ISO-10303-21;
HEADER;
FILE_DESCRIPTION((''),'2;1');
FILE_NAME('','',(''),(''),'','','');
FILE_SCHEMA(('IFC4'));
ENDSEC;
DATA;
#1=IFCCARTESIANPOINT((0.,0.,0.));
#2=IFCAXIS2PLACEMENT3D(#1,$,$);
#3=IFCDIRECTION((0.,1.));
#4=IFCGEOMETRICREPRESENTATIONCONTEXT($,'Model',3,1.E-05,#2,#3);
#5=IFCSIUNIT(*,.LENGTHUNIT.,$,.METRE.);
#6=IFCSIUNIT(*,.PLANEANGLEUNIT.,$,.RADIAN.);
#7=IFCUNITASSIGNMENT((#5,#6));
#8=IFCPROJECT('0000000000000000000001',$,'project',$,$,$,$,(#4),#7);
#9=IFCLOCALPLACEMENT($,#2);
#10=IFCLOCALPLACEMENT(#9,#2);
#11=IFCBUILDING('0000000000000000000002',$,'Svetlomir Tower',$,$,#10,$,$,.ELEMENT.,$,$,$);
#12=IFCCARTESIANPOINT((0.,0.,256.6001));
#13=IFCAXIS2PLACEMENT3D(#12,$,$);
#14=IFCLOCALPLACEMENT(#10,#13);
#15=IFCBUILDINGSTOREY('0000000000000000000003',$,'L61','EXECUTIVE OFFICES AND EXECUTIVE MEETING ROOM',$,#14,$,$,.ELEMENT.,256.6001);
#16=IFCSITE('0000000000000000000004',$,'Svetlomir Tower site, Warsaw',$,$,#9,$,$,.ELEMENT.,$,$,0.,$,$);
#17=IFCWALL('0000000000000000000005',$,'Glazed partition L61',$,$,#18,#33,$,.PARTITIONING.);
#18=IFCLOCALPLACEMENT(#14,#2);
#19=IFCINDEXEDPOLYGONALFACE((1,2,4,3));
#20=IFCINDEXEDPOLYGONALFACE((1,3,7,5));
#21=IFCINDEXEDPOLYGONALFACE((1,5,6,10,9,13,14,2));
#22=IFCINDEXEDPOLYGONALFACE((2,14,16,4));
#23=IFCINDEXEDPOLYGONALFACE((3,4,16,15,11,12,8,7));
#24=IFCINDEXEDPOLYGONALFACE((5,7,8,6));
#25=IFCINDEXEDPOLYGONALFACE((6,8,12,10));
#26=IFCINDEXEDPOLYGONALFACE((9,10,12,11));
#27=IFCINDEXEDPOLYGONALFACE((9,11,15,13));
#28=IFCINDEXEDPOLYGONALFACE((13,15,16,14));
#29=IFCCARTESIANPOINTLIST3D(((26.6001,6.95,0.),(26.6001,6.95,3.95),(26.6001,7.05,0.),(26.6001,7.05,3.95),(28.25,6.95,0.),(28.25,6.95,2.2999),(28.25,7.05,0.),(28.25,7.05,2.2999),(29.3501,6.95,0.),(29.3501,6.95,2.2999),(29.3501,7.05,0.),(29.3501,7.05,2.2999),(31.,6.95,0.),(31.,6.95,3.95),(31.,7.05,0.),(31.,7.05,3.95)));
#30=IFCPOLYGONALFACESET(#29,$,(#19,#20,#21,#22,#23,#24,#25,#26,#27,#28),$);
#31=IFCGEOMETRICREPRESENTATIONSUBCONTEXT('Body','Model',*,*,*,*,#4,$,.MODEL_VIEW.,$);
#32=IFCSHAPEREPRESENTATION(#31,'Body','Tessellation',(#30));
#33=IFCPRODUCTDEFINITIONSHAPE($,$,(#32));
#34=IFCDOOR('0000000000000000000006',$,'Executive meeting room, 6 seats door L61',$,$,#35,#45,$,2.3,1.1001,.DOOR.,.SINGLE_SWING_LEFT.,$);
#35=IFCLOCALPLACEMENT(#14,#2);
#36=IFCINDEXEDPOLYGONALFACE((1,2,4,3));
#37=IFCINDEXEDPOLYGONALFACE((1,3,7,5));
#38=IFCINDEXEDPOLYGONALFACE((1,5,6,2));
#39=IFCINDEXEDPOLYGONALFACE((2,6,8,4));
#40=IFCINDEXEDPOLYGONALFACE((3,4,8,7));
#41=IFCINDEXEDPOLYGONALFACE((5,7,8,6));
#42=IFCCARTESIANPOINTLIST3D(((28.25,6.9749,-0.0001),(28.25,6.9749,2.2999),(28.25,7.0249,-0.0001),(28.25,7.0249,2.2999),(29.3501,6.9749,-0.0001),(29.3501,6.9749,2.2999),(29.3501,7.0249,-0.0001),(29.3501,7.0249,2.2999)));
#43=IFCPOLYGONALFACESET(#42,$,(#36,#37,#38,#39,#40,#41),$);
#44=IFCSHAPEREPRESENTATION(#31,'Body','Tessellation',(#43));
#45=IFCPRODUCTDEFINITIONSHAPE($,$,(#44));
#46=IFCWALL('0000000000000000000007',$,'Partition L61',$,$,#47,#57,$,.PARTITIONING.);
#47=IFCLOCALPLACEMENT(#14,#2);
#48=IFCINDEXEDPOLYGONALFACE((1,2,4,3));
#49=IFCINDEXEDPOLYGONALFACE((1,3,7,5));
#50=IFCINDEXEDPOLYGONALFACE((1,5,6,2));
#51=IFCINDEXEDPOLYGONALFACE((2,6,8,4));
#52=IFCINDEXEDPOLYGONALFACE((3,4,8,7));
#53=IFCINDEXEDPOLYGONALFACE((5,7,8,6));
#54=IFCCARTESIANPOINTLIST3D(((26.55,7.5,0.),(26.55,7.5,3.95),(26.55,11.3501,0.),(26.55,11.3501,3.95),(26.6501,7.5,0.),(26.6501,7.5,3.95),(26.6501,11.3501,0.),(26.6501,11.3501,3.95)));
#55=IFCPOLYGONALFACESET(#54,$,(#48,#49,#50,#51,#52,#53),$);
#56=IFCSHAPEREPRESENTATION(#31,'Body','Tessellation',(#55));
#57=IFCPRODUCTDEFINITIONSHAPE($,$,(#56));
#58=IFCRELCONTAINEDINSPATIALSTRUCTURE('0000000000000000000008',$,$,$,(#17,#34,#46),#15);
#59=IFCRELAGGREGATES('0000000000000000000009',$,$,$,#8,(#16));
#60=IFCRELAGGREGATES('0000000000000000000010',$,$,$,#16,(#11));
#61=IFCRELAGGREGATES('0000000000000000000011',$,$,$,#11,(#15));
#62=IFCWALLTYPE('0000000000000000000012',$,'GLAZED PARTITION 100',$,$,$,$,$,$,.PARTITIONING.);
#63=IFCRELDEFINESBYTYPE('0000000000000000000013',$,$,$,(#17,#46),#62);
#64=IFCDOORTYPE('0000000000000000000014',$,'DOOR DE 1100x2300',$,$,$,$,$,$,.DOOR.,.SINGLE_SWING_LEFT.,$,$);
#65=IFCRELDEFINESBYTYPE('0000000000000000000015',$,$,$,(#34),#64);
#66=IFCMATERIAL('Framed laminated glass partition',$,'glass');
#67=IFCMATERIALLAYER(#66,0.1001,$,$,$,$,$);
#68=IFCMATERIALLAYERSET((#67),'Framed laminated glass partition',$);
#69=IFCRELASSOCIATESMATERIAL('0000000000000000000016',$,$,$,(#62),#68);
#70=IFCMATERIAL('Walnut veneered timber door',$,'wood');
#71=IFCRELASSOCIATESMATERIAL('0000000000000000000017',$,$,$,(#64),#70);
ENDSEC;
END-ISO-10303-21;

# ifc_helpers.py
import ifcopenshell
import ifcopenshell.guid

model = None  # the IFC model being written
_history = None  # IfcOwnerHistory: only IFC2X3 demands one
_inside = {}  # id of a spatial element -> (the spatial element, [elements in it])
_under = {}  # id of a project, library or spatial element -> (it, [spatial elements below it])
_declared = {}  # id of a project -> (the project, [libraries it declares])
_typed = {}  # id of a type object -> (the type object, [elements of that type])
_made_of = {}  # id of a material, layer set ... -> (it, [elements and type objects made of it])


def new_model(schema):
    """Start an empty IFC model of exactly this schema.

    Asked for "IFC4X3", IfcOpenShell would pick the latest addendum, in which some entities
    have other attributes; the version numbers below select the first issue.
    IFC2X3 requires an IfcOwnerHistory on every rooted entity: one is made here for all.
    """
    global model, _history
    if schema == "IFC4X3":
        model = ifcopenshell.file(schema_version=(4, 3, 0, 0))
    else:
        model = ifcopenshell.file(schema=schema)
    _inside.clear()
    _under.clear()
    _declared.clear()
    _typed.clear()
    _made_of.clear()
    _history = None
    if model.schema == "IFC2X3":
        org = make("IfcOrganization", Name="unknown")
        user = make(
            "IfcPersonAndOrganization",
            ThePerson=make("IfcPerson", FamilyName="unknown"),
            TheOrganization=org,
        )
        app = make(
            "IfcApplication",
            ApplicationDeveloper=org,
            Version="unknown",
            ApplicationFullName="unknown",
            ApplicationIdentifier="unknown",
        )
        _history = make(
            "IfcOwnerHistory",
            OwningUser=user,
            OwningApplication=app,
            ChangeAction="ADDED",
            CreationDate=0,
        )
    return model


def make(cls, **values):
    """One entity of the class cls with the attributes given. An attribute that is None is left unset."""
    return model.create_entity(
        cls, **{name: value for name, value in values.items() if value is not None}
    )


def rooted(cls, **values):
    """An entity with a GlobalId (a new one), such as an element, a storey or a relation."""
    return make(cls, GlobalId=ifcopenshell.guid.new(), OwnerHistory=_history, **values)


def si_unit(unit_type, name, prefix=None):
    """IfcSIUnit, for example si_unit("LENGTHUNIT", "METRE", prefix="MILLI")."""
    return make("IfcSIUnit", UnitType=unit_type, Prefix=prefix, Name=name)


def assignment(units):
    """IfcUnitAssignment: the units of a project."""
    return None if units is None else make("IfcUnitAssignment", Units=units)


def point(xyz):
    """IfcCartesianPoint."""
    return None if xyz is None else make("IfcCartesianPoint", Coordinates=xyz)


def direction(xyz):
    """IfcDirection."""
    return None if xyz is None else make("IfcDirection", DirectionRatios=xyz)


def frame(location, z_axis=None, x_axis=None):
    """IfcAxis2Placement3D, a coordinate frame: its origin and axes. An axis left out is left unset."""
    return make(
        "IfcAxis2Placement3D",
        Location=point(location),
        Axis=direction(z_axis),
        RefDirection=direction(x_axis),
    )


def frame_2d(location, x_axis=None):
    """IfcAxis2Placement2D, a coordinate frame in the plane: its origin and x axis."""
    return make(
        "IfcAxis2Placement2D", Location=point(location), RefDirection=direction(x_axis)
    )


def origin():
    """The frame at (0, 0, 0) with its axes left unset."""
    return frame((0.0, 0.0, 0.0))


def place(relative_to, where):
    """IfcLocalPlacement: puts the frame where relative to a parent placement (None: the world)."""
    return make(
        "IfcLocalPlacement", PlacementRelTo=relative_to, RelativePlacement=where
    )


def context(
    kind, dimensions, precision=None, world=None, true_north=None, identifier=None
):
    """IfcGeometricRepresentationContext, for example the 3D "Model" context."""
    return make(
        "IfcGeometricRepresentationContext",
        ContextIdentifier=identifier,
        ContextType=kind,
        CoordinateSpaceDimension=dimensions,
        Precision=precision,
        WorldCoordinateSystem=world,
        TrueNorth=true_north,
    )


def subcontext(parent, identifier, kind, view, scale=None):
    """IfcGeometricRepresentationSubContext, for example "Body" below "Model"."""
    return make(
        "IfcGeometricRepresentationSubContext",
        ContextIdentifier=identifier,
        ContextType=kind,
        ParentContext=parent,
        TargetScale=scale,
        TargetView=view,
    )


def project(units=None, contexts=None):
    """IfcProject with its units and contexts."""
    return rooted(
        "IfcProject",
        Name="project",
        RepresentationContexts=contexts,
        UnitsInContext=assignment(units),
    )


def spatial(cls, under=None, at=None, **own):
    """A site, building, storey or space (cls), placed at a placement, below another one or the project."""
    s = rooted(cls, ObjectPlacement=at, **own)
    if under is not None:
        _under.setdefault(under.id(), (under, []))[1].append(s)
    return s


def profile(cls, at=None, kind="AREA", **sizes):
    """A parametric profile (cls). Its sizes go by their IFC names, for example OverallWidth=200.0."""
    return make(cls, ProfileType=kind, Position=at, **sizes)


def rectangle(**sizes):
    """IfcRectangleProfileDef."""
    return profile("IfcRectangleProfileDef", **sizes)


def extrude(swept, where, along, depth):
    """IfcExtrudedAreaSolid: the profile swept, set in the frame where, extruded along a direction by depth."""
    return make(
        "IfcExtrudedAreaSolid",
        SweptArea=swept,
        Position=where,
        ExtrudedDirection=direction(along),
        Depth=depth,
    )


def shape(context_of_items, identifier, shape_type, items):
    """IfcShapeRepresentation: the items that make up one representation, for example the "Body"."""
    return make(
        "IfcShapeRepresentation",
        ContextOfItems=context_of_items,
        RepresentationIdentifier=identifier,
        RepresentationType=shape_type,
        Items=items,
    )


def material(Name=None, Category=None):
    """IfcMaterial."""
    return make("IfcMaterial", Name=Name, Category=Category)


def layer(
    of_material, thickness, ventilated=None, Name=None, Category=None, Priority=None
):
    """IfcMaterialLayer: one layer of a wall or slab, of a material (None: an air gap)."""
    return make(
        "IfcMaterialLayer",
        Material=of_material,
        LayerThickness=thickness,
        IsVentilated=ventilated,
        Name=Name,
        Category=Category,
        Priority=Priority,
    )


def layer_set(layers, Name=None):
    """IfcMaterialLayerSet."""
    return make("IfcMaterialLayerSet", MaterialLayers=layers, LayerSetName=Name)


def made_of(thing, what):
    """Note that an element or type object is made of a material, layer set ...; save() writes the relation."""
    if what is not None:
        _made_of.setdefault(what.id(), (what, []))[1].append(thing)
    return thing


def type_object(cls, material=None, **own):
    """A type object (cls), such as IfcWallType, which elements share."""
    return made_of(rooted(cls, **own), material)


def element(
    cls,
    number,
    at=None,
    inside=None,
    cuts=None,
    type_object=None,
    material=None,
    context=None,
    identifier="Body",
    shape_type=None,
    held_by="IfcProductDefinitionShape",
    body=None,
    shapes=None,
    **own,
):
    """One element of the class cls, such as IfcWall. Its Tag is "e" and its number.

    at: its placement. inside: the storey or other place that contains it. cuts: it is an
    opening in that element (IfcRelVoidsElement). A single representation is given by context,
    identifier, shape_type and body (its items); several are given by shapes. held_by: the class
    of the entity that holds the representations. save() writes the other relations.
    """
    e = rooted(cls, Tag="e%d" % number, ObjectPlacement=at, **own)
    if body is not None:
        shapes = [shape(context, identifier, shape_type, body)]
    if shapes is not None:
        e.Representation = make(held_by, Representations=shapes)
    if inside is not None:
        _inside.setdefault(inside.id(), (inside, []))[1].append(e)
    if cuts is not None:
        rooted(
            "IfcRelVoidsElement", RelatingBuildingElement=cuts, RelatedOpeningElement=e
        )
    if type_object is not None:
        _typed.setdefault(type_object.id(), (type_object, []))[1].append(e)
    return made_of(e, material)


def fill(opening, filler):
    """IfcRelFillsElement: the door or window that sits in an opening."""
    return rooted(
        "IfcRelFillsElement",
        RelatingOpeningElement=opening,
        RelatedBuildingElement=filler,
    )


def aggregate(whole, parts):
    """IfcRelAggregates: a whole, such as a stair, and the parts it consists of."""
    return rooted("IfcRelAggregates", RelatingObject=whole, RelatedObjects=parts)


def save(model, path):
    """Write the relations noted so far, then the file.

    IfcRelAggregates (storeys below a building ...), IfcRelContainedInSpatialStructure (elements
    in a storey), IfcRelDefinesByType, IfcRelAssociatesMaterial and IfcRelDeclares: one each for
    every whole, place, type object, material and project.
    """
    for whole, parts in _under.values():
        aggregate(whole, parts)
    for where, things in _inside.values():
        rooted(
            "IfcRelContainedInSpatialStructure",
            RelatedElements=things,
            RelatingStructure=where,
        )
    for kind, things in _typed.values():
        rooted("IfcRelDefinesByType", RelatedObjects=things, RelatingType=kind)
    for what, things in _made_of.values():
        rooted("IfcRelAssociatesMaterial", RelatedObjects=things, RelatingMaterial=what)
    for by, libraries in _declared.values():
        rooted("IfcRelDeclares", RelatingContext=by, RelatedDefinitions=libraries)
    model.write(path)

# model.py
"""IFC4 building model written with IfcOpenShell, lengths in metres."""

from ifc_helpers import new_model, si_unit, direction, frame, frame_2d, origin, place, context, subcontext, project, spatial, rectangle, extrude, material, layer, layer_set, type_object, element, fill, save


model = new_model("IFC4")

# Units and contexts
model_context = context("Model", 3, precision=1e-05, world=origin(), true_north=direction((0.0, 1.0)))
body_context = subcontext(model_context, "Body", "Model", "MODEL_VIEW")
ifc_project = project(units=[si_unit("LENGTHUNIT", "METRE"), si_unit("PLANEANGLEUNIT", "RADIAN")], contexts=[model_context])

# Site, building, storey
site_placement = place(None, origin())
site = spatial("IfcSite", under=ifc_project, at=site_placement, Name="Svetlomir Tower site, Warsaw", CompositionType="ELEMENT", RefElevation=0.0)
building_placement = place(site_placement, origin())
building = spatial("IfcBuilding", under=site, at=building_placement, Name="Svetlomir Tower", CompositionType="ELEMENT")
storey_placement = place(building_placement, frame((0.0, 0.0, 256.6001)))
storey = spatial("IfcBuildingStorey", under=building, at=storey_placement, Name="L61", Description="EXECUTIVE OFFICES AND EXECUTIVE MEETING ROOM", CompositionType="ELEMENT", Elevation=256.6001)

# Shared definitions
ifc_material_1 = material(Name="Framed laminated glass partition", Category="glass")
ifc_layer = layer(ifc_material_1, 0.1001)
ifc_layer_set = layer_set([ifc_layer], Name="Framed laminated glass partition")
wall_type = type_object("IfcWallType", Name="GLAZED PARTITION 100", PredefinedType="PARTITIONING", material=ifc_layer_set)

# Shared definitions
ifc_material_2 = material(Name="Walnut veneered timber door", Category="wood")
door_type_1 = type_object("IfcDoorType", Name="DOOR DE 1100x2300", OperationType="SINGLE_SWING_LEFT", PredefinedType="DOOR", material=ifc_material_2)

# Wall, opening, door
wall_1_placement = place(storey_placement, frame((26.6001, 7.0, 0.0), z_axis=(0.0, 0.0, 1.0), x_axis=(1.0, 0.0, 0.0)))
wall_1 = element("IfcWall", 1, at=wall_1_placement, inside=storey, type_object=wall_type, Name="Glazed partition L61", PredefinedType="PARTITIONING", context=body_context, shape_type="SweptSolid", body=[
    extrude(rectangle(XDim=4.3999, YDim=0.1001, at=frame_2d((2.2, 0.0))), origin(), (0.0, 0.0, 1.0), 3.95),
])
opening_1_placement = place(wall_1_placement, frame((1.6499, 0.0, 0.0)))
opening_1 = element("IfcOpeningElement", 2, at=opening_1_placement, cuts=wall_1, PredefinedType="OPENING", context=body_context, shape_type="SweptSolid", body=[
    extrude(rectangle(XDim=1.1001, YDim=2.3, at=frame_2d((0.55, 1.1499))), frame((0.0, 0.0601, 0.0), z_axis=(0.0, -1.0, 0.0), x_axis=(1.0, 0.0, 0.0)), (0.0, 0.0, 1.0), 0.1201),
])
door_1_placement = place(opening_1_placement, origin())
door_1 = element("IfcDoor", 3, at=door_1_placement, inside=storey, type_object=door_type_1, Name="Executive meeting room, 6 seats door L61", OperationType="SINGLE_SWING_LEFT", OverallHeight=2.3, OverallWidth=1.1001, PredefinedType="DOOR", context=body_context, shape_type="SweptSolid", body=[
    extrude(rectangle(XDim=1.1001, YDim=2.3, at=frame_2d((0.55, 1.1499))), frame((0.0, 0.0249, 0.0), z_axis=(0.0, -1.0, 0.0), x_axis=(1.0, 0.0, 0.0)), (0.0, 0.0, 1.0), 0.05),
])
fill(opening_1, door_1)

# Wall
wall_2_placement = place(storey_placement, frame((26.6001, 7.5, 0.0), z_axis=(0.0, 0.0, 1.0), x_axis=(0.0, 1.0, 0.0)))
element("IfcWall", 4, at=wall_2_placement, inside=storey, type_object=wall_type, Name="Partition L61", PredefinedType="PARTITIONING", context=body_context, shape_type="SweptSolid", body=[
    extrude(rectangle(XDim=3.8501, YDim=0.1001, at=frame_2d((1.925, 0.0))), origin(), (0.0, 0.0, 1.0), 3.95),
])

save(model, "model.ifc")
